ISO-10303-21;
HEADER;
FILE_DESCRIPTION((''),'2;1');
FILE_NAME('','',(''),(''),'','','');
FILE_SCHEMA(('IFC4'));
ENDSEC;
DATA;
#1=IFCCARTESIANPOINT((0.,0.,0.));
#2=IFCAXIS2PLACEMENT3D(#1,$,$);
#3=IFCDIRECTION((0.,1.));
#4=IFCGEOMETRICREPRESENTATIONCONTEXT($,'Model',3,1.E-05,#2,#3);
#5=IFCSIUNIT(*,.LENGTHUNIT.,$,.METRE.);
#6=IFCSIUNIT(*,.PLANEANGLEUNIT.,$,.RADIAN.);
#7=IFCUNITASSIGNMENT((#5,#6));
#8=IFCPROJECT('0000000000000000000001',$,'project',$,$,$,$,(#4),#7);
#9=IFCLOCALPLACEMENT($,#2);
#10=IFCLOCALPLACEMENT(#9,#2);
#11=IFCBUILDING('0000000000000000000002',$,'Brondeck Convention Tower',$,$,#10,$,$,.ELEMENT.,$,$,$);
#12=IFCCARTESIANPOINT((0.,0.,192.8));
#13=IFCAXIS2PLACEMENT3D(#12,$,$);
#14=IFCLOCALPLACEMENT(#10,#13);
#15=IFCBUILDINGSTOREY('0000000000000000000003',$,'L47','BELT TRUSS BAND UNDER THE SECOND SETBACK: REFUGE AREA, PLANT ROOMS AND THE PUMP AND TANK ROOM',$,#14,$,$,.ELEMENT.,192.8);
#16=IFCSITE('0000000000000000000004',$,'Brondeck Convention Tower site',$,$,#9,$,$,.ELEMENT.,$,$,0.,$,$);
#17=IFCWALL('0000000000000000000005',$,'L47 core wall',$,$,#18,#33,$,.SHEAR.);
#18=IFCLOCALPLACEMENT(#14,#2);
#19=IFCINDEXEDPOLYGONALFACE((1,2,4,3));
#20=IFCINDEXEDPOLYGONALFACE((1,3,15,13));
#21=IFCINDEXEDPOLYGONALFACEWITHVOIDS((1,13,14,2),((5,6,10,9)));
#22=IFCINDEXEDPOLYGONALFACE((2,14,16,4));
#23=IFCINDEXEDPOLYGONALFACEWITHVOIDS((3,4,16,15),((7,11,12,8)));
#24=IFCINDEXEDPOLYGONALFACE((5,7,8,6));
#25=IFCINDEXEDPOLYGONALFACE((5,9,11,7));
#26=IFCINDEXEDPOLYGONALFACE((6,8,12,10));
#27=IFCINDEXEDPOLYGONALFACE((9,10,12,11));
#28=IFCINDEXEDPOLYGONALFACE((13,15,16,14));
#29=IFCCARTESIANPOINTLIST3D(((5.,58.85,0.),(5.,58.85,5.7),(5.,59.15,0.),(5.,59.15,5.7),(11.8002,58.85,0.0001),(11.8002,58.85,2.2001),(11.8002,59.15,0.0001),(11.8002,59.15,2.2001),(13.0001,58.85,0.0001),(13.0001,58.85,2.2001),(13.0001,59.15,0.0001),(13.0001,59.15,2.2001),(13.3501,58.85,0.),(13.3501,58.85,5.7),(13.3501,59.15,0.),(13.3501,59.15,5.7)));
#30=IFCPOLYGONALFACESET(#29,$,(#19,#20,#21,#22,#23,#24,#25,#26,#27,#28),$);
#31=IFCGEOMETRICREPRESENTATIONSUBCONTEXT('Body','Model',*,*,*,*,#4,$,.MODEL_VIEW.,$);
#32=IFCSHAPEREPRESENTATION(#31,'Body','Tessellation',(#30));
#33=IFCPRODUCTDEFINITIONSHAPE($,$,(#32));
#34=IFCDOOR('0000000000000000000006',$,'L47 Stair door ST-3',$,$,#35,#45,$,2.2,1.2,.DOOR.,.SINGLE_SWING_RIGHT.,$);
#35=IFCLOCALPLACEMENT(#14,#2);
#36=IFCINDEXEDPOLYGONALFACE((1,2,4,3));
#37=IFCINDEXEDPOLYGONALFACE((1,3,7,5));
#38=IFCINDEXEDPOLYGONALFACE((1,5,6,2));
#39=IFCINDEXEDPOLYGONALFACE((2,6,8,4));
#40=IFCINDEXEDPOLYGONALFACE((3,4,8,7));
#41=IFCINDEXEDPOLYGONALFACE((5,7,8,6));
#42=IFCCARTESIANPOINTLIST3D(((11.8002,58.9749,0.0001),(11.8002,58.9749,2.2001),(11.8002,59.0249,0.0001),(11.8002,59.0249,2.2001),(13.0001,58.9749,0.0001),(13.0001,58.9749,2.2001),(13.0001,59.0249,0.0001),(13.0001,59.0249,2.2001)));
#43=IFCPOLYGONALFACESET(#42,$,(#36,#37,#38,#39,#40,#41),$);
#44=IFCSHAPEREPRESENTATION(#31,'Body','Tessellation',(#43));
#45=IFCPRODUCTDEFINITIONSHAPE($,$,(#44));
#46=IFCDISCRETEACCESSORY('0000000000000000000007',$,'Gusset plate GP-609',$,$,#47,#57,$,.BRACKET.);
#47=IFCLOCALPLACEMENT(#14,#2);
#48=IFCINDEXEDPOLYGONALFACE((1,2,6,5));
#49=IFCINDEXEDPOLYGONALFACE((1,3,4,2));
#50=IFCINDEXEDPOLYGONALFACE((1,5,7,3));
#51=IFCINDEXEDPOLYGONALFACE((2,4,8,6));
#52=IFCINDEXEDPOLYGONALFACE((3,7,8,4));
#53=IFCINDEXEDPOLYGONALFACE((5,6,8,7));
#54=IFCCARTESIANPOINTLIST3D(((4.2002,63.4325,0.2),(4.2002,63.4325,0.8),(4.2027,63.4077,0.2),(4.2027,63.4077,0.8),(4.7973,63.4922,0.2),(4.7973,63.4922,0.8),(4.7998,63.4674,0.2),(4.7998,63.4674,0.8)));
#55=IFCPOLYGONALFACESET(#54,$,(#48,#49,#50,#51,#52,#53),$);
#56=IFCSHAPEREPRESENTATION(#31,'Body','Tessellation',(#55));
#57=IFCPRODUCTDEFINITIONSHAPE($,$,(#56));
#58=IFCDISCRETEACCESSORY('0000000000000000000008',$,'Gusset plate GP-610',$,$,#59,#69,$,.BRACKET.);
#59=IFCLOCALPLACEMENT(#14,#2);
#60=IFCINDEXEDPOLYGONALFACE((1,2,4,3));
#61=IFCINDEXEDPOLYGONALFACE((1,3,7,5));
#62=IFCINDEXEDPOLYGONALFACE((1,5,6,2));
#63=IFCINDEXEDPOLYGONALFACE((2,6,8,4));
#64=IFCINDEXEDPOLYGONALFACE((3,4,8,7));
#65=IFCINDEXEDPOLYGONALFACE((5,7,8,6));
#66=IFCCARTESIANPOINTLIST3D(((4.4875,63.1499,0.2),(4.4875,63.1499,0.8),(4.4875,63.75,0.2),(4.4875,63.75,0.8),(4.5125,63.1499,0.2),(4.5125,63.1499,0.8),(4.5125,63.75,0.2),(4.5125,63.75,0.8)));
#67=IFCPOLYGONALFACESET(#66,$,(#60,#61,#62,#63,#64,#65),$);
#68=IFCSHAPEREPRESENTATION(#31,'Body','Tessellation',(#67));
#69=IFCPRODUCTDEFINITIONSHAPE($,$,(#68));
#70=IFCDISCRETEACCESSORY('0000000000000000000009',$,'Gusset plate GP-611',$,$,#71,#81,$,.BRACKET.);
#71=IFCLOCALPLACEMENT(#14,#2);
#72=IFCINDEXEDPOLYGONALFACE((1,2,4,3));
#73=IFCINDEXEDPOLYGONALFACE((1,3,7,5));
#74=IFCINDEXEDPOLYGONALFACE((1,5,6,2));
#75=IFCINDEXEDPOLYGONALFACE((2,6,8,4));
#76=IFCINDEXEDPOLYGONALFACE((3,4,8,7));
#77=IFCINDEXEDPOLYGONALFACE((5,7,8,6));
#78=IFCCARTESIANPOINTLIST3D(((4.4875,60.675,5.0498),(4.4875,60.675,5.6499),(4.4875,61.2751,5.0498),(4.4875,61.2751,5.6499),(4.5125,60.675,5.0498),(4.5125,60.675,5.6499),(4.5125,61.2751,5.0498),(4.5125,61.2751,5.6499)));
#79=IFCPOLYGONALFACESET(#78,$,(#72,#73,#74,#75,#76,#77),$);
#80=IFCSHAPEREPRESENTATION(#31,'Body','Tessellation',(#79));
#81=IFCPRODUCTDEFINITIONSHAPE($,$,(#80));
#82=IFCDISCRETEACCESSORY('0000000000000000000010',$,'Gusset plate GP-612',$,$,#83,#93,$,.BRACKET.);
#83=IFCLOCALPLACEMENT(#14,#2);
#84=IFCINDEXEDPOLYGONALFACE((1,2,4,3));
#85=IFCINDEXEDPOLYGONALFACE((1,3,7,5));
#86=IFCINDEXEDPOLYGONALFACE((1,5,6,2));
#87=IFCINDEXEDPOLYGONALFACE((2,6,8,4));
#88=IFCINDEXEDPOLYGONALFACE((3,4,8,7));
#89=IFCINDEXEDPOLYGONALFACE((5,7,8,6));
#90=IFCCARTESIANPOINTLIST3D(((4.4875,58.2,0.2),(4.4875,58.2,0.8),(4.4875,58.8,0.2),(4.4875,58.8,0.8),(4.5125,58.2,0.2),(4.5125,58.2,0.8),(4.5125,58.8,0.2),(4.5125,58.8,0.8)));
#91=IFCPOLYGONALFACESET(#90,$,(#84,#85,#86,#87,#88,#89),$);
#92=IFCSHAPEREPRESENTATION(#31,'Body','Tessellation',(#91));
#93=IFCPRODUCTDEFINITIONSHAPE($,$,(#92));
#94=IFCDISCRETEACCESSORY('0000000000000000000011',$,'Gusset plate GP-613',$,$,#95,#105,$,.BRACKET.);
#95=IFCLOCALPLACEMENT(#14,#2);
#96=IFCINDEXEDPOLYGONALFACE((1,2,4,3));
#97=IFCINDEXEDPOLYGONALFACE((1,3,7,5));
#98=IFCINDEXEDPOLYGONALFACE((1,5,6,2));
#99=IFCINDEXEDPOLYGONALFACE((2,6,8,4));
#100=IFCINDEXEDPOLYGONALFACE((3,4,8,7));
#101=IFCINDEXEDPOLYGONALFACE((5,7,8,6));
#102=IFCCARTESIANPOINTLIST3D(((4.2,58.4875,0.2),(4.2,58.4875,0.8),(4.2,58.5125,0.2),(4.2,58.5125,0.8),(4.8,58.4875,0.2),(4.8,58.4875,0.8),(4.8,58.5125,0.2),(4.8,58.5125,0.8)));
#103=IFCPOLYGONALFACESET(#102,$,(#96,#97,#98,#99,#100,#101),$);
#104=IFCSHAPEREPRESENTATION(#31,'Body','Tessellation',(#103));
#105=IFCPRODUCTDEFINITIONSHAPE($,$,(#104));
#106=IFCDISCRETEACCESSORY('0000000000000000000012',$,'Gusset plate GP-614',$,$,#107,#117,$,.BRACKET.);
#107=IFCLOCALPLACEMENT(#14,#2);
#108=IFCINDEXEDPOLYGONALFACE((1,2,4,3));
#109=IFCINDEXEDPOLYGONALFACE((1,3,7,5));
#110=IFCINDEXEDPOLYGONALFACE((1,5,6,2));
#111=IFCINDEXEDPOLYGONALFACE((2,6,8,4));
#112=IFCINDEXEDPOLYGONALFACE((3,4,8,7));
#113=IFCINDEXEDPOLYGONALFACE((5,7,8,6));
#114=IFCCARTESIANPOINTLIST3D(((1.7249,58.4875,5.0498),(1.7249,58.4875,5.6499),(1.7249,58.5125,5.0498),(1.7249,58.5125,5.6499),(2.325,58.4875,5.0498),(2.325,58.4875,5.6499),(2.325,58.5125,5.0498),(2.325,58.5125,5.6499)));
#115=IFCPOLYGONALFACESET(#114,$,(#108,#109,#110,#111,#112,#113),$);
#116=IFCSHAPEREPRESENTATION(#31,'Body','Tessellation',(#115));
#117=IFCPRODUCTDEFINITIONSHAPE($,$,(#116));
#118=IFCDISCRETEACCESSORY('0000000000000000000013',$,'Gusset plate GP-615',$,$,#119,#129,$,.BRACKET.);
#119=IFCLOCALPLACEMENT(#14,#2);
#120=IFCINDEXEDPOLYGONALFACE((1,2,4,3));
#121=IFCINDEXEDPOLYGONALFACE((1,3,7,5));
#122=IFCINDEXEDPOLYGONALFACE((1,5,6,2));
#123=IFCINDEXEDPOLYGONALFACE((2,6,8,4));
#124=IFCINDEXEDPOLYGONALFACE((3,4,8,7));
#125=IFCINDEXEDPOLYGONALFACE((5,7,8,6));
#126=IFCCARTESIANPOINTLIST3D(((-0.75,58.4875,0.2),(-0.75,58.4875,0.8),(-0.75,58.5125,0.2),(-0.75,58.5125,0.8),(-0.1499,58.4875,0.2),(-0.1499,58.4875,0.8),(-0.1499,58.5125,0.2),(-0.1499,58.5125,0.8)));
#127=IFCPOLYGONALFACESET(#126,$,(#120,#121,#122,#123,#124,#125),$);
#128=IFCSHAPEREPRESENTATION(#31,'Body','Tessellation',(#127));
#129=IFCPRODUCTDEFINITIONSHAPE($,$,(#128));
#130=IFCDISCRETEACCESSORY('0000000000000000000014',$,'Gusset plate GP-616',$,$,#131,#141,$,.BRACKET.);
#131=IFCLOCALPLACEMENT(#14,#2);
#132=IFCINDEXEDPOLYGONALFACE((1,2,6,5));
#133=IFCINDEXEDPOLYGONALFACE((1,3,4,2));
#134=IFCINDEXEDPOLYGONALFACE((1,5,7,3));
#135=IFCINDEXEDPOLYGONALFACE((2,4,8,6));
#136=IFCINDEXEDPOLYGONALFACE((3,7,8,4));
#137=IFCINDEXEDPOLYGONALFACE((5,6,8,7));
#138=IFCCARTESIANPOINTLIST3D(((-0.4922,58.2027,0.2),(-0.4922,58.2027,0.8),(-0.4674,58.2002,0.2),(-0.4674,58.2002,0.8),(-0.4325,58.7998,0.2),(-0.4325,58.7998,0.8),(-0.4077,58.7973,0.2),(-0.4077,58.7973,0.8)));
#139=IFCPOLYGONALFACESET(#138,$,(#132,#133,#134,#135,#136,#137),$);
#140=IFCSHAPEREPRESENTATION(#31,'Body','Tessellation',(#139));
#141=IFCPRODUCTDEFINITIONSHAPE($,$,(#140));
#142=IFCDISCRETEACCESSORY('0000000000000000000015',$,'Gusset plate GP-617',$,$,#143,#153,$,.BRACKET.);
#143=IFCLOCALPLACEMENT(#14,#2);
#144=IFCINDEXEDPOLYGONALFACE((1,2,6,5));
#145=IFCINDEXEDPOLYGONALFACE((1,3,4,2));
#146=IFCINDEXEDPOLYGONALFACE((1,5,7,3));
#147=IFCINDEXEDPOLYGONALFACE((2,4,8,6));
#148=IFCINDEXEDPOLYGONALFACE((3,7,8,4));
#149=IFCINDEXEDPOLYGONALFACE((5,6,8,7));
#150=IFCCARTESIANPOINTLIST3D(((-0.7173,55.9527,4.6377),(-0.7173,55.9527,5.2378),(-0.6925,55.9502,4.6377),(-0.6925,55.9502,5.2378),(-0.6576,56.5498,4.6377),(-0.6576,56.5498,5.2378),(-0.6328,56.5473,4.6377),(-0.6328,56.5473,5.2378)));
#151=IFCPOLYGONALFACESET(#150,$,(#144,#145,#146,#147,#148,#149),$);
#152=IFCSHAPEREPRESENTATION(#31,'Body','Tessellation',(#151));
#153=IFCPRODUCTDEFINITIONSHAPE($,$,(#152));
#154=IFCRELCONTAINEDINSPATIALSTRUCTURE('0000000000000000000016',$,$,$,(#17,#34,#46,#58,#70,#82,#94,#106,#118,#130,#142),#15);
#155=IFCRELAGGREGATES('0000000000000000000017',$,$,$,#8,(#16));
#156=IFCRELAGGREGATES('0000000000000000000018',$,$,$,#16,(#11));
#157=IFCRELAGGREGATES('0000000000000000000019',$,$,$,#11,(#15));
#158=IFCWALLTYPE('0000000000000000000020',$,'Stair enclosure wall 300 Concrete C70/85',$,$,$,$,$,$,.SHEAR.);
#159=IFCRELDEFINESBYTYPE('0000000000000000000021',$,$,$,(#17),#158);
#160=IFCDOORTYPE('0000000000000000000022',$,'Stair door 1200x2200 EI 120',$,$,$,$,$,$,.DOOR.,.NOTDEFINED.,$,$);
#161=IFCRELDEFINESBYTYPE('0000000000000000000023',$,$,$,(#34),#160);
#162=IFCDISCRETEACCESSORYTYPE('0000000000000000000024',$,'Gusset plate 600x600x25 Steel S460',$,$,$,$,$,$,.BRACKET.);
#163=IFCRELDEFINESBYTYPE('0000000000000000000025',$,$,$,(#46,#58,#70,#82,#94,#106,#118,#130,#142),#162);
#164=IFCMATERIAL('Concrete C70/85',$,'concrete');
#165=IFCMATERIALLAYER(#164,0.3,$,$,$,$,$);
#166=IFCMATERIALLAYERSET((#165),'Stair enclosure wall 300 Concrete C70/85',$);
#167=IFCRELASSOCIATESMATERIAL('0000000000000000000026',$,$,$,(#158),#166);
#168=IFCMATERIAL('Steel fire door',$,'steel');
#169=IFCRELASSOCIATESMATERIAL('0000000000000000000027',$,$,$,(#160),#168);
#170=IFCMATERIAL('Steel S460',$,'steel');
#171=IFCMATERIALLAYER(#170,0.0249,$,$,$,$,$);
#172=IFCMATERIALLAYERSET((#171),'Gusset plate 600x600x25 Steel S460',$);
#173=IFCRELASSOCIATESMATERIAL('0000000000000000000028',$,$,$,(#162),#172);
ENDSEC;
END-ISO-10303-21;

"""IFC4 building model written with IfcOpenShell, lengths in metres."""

from ifc_helpers import new_model, si_unit, direction, frame, frame_2d, origin, origin_2d, place, context, subcontext, project, spatial, rectangle, extrude, material, layer, layer_set, type_object, element, fill, save


model = new_model("IFC4")

# Units and contexts
model_context = context("Model", 3, precision=1e-05, world=origin(), true_north=direction((0.0, 1.0)))
body_context = subcontext(model_context, "Body", "Model", "MODEL_VIEW")
ifc_project = project(units=[si_unit("LENGTHUNIT", "METRE"), si_unit("PLANEANGLEUNIT", "RADIAN")], contexts=[model_context])

# Site, building, storey
site_placement = place(None, origin())
site = spatial("IfcSite", under=ifc_project, at=site_placement, Name="Brondeck Convention Tower site", CompositionType="ELEMENT", RefElevation=0.0)
building_placement = place(site_placement, origin())
building = spatial("IfcBuilding", under=site, at=building_placement, Name="Brondeck Convention Tower", CompositionType="ELEMENT")
storey_placement = place(building_placement, frame((0.0, 0.0, 192.8)))
storey = spatial("IfcBuildingStorey", under=building, at=storey_placement, Name="L47", Description="BELT TRUSS BAND UNDER THE SECOND SETBACK: REFUGE AREA, PLANT ROOMS AND THE PUMP AND TANK ROOM", CompositionType="ELEMENT", Elevation=192.8)

# Shared definitions
ifc_material_1 = material(Name="Concrete C70/85", Category="concrete")

# Shared definitions
ifc_material_2 = material(Name="Steel S460", Category="steel")

# Wall, opening, door
ifc_layer_1 = layer(ifc_material_1, 0.3)
ifc_layer_set_1 = layer_set([ifc_layer_1], Name="Stair enclosure wall 300 Concrete C70/85")
wall_type_1 = type_object("IfcWallType", Name="Stair enclosure wall 300 Concrete C70/85", PredefinedType="SHEAR", material=ifc_layer_set_1)
wall_1_placement = place(storey_placement, frame((5.0, 59.0, 0.0), z_axis=(0.0, 0.0, 1.0), x_axis=(1.0, 0.0, 0.0)))
wall_1 = element("IfcWall", 1, at=wall_1_placement, inside=storey, type_object=wall_type_1, Name="L47 core wall", PredefinedType="SHEAR", context=body_context, shape_type="SweptSolid", body=[
    extrude(rectangle(XDim=8.3501, YDim=0.3, at=frame_2d((4.175, 0.0))), origin(), (0.0, 0.0, 1.0), 5.7),
])
opening_1_placement = place(wall_1_placement, frame((6.8, 0.0, 0.0)))
opening_1 = element("IfcOpeningElement", 2, at=opening_1_placement, cuts=wall_1, PredefinedType="OPENING", context=body_context, shape_type="SweptSolid", body=[
    extrude(rectangle(XDim=1.2, YDim=2.2, at=frame_2d((0.6001, 1.1001))), frame((0.0, 0.1599, 0.0), z_axis=(0.0, -1.0, 0.0), x_axis=(1.0, 0.0, 0.0)), (0.0, 0.0, 1.0), 0.3201),
])
ifc_material_3 = material(Name="Steel fire door", Category="steel")
door_type_1 = type_object("IfcDoorType", Name="Stair door 1200x2200 EI 120", OperationType="NOTDEFINED", PredefinedType="DOOR", material=ifc_material_3)
door_1_placement = place(opening_1_placement, origin())
door_1 = element("IfcDoor", 3, at=door_1_placement, inside=storey, type_object=door_type_1, Name="L47 Stair door ST-3", OperationType="SINGLE_SWING_RIGHT", OverallHeight=2.2, OverallWidth=1.2, PredefinedType="DOOR", context=body_context, shape_type="SweptSolid", body=[
    extrude(rectangle(XDim=1.2, YDim=2.2, at=frame_2d((0.6001, 1.1001))), frame((0.0, 0.0249, 0.0), z_axis=(0.0, -1.0, 0.0), x_axis=(1.0, 0.0, 0.0)), (0.0, 0.0, 1.0), 0.05),
])
fill(opening_1, door_1)

# Discrete accessories
ifc_layer_2 = layer(ifc_material_2, 0.0249)
ifc_layer_set_2 = layer_set([ifc_layer_2], Name="Gusset plate 600x600x25 Steel S460")
discrete_accessory_type = type_object("IfcDiscreteAccessoryType", Name="Gusset plate 600x600x25 Steel S460", PredefinedType="BRACKET", material=ifc_layer_set_2)
for number, where, z_axis, x_axis, name in (
    (4, (4.5, 63.45, 0.2), (0.0, 0.0, 1.0), (0.995036, 0.099511, 0.0), "Gusset plate GP-609"),
    (5, (4.5, 63.45, 0.2), (0.0, 0.0, 1.0), (0.0, 1.0, 0.0), "Gusset plate GP-610"),
    (6, (4.5, 60.9751, 5.0498), (0.0, 0.0, 1.0), (0.0, 1.0, 0.0), "Gusset plate GP-611"),
    (7, (4.5, 58.5, 0.2), (0.0, 0.0, 1.0), (0.0, 1.0, 0.0), "Gusset plate GP-612"),
    (8, (4.5, 58.5, 0.2), (0.0, 0.0, 1.0), (1.0, 0.0, 0.0), "Gusset plate GP-613"),
    (9, (2.0249, 58.5, 5.0498), (0.0, 0.0, 1.0), (1.0, 0.0, 0.0), "Gusset plate GP-614"),
    (10, (-0.45, 58.5, 0.2), (0.0, 0.0, 1.0), (1.0, 0.0, 0.0), "Gusset plate GP-615"),
    (11, (-0.45, 58.5, 0.2), (0.0, 0.0, 1.0), (0.099511, 0.995036, 0.0), "Gusset plate GP-616"),
    (12, (-0.675, 56.25, 4.6377), (0.0, 0.0, 1.0), (0.099511, 0.995036, 0.0), "Gusset plate GP-617"),
):
    element("IfcDiscreteAccessory", number, at=place(storey_placement, frame(where, z_axis=z_axis, x_axis=x_axis)), inside=storey, type_object=discrete_accessory_type, Name=name, PredefinedType="BRACKET", context=body_context, shape_type="SweptSolid", body=[
        extrude(rectangle(XDim=0.6001, YDim=0.0249, at=origin_2d()), origin(), (0.0, 0.0, 1.0), 0.6001),
    ])

save(model, "model.ifc")
